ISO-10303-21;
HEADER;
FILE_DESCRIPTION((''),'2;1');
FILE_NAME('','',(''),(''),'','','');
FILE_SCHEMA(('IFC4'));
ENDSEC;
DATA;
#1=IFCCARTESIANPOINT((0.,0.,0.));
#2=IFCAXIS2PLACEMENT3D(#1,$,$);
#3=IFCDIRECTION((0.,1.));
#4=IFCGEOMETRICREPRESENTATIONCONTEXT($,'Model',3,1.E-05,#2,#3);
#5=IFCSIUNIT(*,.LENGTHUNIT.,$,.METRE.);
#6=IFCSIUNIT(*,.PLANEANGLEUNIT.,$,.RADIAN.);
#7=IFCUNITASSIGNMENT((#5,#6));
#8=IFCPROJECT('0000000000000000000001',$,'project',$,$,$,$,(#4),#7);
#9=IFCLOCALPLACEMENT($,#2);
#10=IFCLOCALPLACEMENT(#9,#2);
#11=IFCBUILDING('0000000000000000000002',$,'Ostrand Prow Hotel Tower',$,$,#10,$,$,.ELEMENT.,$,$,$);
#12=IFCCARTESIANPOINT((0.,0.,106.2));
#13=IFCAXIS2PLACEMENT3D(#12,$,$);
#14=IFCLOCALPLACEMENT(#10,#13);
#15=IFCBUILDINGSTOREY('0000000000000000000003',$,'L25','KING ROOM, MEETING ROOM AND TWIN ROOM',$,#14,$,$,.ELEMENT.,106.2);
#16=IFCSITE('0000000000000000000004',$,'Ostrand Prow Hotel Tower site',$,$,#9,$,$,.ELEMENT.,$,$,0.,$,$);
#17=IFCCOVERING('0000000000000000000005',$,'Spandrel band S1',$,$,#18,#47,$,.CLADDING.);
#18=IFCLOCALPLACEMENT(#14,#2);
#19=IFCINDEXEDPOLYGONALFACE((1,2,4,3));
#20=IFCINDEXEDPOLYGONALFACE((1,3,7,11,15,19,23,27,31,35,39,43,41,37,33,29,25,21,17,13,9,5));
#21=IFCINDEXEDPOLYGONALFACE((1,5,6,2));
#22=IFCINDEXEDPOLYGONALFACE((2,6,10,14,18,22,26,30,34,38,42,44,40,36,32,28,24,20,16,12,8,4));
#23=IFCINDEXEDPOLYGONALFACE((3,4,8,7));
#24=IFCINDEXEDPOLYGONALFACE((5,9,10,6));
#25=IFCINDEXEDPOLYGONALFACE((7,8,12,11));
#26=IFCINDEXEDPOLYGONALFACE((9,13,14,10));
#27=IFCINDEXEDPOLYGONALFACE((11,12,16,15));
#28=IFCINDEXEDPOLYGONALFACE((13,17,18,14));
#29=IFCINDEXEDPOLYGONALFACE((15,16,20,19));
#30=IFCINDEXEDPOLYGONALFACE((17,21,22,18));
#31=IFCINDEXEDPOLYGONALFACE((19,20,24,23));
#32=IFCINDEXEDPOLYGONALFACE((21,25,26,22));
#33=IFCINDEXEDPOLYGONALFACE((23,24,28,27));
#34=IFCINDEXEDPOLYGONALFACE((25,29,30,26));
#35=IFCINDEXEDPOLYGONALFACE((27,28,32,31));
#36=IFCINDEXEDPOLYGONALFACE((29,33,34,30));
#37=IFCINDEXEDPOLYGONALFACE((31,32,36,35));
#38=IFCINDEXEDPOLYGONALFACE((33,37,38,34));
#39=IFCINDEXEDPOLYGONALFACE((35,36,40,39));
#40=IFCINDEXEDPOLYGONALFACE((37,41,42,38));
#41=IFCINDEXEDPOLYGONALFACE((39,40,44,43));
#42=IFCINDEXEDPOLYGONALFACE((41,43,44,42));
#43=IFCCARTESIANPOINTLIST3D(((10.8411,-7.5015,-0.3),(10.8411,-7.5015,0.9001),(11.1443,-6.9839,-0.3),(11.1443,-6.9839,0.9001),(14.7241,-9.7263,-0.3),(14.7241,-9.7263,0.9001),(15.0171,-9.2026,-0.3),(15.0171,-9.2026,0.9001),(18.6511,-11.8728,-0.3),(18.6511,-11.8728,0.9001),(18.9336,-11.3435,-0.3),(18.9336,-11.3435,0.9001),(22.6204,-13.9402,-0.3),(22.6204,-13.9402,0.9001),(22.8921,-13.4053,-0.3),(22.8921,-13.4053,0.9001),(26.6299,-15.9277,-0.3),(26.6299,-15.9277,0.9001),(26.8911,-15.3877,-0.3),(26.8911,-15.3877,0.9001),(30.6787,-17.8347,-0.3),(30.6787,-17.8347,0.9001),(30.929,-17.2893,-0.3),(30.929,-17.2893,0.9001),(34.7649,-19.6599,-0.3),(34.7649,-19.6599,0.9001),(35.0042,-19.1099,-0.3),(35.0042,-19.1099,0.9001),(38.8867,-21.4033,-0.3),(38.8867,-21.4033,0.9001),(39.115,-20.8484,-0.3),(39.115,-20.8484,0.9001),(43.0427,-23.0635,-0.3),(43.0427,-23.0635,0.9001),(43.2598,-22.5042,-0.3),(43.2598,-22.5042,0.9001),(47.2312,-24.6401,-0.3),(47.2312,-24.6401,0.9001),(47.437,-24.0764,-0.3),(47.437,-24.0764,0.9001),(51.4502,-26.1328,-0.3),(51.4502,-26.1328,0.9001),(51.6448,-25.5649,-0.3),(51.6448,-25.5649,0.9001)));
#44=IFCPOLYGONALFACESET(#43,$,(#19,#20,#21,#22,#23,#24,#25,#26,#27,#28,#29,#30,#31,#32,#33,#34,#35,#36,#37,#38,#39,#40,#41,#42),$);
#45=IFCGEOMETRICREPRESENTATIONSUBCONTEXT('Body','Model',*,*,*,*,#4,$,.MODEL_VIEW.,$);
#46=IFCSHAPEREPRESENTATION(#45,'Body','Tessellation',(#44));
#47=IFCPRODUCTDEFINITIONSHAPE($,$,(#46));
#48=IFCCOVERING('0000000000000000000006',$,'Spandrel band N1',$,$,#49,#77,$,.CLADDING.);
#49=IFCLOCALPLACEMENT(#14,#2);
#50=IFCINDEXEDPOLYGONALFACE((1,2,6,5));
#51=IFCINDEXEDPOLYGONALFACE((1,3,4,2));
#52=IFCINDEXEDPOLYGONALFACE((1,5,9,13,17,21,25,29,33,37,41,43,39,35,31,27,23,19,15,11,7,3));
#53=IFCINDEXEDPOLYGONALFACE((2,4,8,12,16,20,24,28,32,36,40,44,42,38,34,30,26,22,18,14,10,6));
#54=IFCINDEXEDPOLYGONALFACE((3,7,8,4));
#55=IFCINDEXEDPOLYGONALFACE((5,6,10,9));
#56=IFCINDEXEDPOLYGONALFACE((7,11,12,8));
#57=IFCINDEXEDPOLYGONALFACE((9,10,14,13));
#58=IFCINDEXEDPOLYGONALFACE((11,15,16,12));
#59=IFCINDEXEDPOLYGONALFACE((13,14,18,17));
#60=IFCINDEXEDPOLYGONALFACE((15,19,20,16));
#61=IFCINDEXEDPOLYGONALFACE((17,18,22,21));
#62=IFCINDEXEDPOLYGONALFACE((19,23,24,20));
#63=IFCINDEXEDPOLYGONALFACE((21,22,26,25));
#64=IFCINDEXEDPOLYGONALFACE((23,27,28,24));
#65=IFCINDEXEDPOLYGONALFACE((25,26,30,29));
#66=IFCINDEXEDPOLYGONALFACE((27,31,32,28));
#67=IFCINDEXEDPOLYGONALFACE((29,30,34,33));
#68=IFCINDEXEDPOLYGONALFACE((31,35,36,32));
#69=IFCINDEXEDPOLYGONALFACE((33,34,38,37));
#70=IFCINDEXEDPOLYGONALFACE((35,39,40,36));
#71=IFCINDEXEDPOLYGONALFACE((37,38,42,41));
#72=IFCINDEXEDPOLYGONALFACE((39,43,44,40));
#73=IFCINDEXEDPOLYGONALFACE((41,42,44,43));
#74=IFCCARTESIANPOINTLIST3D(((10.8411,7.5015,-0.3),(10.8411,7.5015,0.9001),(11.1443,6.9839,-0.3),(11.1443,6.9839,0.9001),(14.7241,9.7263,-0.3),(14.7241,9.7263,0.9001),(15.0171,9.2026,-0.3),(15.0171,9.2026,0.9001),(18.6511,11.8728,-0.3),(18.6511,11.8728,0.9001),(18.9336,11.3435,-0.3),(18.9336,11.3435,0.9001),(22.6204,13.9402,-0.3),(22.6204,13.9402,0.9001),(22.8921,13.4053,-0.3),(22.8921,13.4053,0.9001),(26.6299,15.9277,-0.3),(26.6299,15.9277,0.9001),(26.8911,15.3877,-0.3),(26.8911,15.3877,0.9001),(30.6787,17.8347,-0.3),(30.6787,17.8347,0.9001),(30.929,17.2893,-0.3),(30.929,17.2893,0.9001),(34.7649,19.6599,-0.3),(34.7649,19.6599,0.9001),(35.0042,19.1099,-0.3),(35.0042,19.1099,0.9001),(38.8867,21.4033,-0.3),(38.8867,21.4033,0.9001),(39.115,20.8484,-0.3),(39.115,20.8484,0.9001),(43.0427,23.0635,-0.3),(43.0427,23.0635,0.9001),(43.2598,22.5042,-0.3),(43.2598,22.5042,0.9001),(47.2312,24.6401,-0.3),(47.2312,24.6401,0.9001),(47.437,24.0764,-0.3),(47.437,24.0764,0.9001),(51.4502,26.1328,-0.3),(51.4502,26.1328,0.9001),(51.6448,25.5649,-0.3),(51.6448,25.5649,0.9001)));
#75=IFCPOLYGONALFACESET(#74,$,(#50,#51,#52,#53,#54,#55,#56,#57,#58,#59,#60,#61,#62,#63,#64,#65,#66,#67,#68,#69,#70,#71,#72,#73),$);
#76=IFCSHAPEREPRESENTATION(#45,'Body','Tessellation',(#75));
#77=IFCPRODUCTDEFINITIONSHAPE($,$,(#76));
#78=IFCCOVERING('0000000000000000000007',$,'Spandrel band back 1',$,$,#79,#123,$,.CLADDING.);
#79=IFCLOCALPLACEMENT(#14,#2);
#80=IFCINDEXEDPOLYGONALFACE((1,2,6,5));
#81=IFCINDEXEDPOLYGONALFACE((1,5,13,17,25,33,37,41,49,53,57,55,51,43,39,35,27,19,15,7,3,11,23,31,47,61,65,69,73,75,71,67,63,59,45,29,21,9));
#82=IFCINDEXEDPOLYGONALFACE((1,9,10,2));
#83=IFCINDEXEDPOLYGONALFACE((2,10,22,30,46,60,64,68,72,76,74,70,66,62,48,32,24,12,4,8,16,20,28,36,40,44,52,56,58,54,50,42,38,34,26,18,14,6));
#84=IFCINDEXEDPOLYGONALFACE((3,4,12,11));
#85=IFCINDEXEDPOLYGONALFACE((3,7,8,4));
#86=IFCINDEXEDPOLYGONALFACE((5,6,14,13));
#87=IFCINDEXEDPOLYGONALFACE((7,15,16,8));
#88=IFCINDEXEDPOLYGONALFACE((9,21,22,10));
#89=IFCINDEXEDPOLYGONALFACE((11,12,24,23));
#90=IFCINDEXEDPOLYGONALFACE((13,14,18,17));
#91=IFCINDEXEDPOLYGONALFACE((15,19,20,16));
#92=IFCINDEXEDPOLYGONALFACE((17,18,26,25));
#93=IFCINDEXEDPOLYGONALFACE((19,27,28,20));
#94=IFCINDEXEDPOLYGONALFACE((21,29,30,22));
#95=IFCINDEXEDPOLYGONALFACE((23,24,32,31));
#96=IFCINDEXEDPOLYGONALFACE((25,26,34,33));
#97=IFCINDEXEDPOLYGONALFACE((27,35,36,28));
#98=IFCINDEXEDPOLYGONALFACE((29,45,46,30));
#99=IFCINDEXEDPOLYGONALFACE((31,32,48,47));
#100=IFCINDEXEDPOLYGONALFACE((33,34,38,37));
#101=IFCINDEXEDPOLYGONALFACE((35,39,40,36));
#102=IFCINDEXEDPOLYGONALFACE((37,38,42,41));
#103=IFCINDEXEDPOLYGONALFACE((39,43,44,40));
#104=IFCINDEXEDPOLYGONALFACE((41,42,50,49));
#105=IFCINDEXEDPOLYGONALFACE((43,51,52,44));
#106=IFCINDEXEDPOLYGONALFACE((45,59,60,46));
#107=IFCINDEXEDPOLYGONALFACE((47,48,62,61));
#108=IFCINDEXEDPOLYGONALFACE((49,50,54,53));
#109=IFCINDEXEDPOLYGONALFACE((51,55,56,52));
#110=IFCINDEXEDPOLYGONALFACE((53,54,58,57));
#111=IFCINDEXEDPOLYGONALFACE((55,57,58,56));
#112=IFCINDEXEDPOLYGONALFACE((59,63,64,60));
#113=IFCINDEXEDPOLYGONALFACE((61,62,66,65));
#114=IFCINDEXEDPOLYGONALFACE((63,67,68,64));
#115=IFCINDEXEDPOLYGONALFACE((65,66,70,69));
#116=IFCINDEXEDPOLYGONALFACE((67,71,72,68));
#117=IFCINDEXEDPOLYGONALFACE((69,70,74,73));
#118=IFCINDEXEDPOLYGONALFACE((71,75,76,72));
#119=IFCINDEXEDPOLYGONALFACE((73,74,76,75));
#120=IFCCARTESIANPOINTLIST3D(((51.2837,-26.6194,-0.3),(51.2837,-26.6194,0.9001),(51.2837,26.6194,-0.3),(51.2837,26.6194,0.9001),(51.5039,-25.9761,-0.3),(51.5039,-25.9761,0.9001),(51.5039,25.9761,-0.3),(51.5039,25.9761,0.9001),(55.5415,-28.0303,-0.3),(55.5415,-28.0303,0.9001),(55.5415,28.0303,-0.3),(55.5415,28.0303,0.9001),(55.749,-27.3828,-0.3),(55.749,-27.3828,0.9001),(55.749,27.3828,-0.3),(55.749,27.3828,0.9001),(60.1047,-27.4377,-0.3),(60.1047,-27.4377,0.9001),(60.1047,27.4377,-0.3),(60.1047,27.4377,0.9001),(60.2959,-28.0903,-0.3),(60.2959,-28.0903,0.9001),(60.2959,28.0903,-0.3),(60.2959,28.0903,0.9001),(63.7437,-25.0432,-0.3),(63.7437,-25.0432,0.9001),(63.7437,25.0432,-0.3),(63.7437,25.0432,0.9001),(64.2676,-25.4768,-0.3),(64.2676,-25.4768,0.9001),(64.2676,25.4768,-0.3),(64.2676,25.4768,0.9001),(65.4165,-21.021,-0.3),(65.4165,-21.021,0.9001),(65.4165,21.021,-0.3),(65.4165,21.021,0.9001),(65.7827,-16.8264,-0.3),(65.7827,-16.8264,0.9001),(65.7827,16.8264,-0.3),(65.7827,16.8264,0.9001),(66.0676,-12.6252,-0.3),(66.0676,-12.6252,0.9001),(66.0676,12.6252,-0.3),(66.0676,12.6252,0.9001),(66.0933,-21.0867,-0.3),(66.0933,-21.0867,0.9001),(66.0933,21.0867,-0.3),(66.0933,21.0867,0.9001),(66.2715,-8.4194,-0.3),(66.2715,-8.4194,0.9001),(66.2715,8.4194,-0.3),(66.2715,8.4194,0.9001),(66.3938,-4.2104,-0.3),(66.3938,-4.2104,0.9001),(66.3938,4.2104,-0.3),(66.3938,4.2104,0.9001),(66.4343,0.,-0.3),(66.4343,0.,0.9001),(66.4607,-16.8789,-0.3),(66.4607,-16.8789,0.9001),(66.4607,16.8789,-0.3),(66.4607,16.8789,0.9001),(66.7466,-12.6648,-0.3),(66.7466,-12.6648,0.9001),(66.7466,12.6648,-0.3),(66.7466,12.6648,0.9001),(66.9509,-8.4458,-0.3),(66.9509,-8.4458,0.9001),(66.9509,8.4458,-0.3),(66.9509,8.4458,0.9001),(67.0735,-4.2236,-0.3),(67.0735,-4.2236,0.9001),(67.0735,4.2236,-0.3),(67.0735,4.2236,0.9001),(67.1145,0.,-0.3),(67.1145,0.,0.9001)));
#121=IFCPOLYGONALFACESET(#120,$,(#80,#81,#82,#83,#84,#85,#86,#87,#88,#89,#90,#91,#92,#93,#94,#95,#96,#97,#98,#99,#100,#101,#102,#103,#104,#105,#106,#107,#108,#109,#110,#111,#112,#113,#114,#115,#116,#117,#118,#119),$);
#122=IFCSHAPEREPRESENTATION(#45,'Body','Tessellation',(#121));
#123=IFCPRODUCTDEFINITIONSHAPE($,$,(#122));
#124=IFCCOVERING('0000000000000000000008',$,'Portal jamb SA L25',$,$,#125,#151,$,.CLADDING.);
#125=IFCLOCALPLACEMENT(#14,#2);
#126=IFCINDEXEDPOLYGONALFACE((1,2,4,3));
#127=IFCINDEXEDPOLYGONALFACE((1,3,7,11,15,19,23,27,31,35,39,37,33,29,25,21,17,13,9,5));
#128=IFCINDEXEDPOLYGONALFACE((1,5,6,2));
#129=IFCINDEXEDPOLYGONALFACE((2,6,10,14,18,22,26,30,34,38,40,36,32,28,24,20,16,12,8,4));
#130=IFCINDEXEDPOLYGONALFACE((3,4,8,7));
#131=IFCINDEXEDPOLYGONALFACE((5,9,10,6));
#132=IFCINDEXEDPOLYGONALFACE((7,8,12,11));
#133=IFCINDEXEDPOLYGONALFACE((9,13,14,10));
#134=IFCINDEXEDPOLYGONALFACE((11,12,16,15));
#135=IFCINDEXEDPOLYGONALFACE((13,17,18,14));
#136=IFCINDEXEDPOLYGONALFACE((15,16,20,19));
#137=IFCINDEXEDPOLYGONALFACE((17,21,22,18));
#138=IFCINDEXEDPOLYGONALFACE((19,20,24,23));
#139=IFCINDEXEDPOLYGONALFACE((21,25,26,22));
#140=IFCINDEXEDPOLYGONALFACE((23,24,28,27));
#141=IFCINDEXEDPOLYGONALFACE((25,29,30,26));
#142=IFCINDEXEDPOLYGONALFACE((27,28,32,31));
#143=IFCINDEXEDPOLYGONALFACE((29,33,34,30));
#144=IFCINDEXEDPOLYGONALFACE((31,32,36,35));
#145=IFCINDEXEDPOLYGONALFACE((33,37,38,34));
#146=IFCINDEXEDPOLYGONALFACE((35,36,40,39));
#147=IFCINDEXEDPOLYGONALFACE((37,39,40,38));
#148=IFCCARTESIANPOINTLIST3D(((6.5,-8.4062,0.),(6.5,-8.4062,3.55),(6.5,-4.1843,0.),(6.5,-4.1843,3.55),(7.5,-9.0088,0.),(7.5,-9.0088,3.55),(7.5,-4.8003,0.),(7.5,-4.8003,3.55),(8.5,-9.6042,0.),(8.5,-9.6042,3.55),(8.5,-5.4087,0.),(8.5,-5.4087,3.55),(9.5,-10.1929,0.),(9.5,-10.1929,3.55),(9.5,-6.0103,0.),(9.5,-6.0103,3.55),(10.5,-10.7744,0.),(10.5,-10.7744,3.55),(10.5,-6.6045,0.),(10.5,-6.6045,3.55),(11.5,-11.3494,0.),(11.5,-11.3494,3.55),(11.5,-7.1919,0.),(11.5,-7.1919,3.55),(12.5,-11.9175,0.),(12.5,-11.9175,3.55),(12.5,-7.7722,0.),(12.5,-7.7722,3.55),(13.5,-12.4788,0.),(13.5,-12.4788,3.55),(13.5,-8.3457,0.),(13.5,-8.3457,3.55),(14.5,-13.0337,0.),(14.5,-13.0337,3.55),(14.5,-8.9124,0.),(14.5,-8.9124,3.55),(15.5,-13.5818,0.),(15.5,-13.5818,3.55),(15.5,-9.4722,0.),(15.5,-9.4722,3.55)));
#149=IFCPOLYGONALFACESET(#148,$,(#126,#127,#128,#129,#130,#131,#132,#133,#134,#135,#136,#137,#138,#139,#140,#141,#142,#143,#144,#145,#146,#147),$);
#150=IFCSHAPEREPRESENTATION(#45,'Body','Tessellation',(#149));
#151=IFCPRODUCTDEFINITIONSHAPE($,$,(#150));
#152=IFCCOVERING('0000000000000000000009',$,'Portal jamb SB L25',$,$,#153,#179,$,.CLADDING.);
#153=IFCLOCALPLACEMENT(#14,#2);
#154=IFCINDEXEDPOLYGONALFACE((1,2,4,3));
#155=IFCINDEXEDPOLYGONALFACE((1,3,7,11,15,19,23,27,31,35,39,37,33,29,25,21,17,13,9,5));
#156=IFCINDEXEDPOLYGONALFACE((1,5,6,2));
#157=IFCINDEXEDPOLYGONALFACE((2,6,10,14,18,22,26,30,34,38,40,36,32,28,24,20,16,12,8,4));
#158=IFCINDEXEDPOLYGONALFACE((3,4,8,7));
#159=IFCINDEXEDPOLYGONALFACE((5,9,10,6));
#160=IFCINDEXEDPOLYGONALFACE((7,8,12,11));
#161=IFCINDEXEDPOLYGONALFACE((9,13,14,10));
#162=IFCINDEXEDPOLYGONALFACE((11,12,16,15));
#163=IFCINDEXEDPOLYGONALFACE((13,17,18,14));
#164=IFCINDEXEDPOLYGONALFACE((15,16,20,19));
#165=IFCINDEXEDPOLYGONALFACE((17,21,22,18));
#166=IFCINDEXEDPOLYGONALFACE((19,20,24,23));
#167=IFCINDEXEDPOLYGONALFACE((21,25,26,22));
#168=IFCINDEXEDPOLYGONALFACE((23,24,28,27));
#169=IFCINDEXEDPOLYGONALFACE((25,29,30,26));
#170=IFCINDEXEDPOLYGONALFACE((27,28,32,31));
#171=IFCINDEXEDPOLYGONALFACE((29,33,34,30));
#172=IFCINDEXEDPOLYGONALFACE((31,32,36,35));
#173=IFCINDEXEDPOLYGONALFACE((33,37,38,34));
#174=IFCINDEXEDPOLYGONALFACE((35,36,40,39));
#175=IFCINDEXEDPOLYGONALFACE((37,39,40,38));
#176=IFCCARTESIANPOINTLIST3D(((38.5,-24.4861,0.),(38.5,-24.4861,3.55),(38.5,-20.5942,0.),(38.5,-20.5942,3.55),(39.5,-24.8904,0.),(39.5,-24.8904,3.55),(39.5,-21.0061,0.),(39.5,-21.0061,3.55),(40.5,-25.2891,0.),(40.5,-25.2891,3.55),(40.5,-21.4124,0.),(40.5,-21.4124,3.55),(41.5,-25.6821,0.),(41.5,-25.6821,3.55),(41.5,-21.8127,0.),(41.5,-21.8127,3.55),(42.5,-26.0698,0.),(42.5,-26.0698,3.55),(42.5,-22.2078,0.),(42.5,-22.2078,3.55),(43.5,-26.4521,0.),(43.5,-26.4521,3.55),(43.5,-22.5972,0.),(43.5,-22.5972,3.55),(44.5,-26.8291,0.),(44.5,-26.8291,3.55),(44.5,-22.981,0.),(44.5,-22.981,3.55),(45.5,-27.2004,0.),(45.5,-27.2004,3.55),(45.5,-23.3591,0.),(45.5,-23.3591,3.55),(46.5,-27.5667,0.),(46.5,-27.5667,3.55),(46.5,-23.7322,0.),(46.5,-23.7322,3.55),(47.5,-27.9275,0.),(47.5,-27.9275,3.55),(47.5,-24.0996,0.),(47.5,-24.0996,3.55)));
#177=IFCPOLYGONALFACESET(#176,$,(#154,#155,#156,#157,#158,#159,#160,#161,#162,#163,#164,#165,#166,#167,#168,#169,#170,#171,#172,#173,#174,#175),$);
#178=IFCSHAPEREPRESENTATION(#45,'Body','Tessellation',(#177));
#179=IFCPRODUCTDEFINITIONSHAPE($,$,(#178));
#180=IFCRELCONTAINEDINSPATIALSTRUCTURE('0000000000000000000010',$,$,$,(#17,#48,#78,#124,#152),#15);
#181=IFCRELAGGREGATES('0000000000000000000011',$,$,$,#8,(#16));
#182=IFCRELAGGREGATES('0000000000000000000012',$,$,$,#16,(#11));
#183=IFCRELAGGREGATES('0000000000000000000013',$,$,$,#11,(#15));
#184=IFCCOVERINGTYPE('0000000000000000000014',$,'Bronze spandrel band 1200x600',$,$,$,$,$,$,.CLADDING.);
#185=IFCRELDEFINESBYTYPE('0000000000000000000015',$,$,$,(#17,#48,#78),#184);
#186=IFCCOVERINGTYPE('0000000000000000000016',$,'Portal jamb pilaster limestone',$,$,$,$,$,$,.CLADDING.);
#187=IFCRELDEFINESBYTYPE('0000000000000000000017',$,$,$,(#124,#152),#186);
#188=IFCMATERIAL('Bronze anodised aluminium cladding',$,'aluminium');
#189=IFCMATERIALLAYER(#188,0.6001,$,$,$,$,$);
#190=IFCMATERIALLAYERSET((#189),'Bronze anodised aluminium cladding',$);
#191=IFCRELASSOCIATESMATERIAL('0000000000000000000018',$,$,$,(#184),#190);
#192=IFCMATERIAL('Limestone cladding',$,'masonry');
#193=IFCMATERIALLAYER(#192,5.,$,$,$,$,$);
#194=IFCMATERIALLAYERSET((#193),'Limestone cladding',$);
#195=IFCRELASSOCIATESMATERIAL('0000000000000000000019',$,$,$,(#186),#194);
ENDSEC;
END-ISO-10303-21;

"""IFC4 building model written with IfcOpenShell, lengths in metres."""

from ifc_helpers import new_model, si_unit, direction, frame, origin, place, context, subcontext, project, spatial, polyline, outline, extrude, material, layer, layer_set, type_object, element, save


model = new_model("IFC4")

# Units and contexts
model_context = context("Model", 3, precision=1e-05, world=origin(), true_north=direction((0.0, 1.0)))
body_context = subcontext(model_context, "Body", "Model", "MODEL_VIEW")
ifc_project = project(units=[si_unit("LENGTHUNIT", "METRE"), si_unit("PLANEANGLEUNIT", "RADIAN")], contexts=[model_context])

# Site, building, storey
site_placement = place(None, origin())
site = spatial("IfcSite", under=ifc_project, at=site_placement, Name="Ostrand Prow Hotel Tower site", CompositionType="ELEMENT", RefElevation=0.0)
building_placement = place(site_placement, origin())
building = spatial("IfcBuilding", under=site, at=building_placement, Name="Ostrand Prow Hotel Tower", CompositionType="ELEMENT")
storey_placement = place(building_placement, frame((0.0, 0.0, 106.2)))
storey = spatial("IfcBuildingStorey", under=building, at=storey_placement, Name="L25", Description="KING ROOM, MEETING ROOM AND TWIN ROOM", CompositionType="ELEMENT", Elevation=106.2)

# Coverings
ifc_material_1 = material(Name="Bronze anodised aluminium cladding", Category="aluminium")
ifc_layer_1 = layer(ifc_material_1, 0.6001)
ifc_layer_set_1 = layer_set([ifc_layer_1], Name="Bronze anodised aluminium cladding")
covering_type_1 = type_object("IfcCoveringType", Name="Bronze spandrel band 1200x600", PredefinedType="CLADDING", material=ifc_layer_set_1)
covering_1_placement = place(storey_placement, frame((0.0, 0.0, -0.3)))
element("IfcCovering", 1, at=covering_1_placement, inside=storey, type_object=covering_type_1, Name="Spandrel band S1", PredefinedType="CLADDING", context=body_context, shape_type="SweptSolid", body=[
    extrude(outline(polyline([(10.8411, -7.5015), (14.7241, -9.7263), (18.6511, -11.8728), (22.6204, -13.9402), (26.6299, -15.9277), (30.6787, -17.8347), (34.7649, -19.6599), (38.8867, -21.4033), (43.0427, -23.0635), (47.2312, -24.6401), (51.4502, -26.1328), (51.6448, -25.5649), (47.437, -24.0764), (43.2598, -22.5042), (39.115, -20.8484), (35.0042, -19.1099), (30.929, -17.2893), (26.8911, -15.3877), (22.8921, -13.4053), (18.9336, -11.3435), (15.0171, -9.2026), (11.1443, -6.9839), (10.8411, -7.5015)])), origin(), (0.0, 0.0, 1.0), 1.2002),
])
covering_2_placement = place(storey_placement, frame((0.0, 0.0, -0.3)))
element("IfcCovering", 2, at=covering_2_placement, inside=storey, type_object=covering_type_1, Name="Spandrel band N1", PredefinedType="CLADDING", context=body_context, shape_type="SweptSolid", body=[
    extrude(outline(polyline([(51.4502, 26.1328), (47.2312, 24.6401), (43.0427, 23.0635), (38.8867, 21.4033), (34.7649, 19.6599), (30.6787, 17.8347), (26.6299, 15.9277), (22.6204, 13.9402), (18.6511, 11.8728), (14.7241, 9.7263), (10.8411, 7.5015), (11.1443, 6.9839), (15.0171, 9.2026), (18.9336, 11.3435), (22.8921, 13.4053), (26.8911, 15.3877), (30.929, 17.2893), (35.0042, 19.1099), (39.115, 20.8484), (43.2598, 22.5042), (47.437, 24.0764), (51.6448, 25.5649), (51.4502, 26.1328)])), origin(), (0.0, 0.0, 1.0), 1.2002),
])
covering_3_placement = place(storey_placement, frame((0.0, 0.0, -0.3)))
element("IfcCovering", 3, at=covering_3_placement, inside=storey, type_object=covering_type_1, Name="Spandrel band back 1", PredefinedType="CLADDING", context=body_context, shape_type="SweptSolid", body=[
    extrude(outline(polyline([(51.2837, -26.6194), (55.5415, -28.0303), (60.2959, -28.0903), (64.2676, -25.4768), (66.0933, -21.0867), (66.4607, -16.8789), (66.7466, -12.6648), (66.9509, -8.4458), (67.0735, -4.2236), (67.1145, 0.0), (67.0735, 4.2236), (66.9509, 8.4458), (66.7466, 12.6648), (66.4607, 16.8789), (66.0933, 21.0867), (64.2676, 25.4768), (60.2959, 28.0903), (55.5415, 28.0303), (51.2837, 26.6194), (51.5039, 25.9761), (55.749, 27.3828), (60.1047, 27.4377), (63.7437, 25.0432), (65.4165, 21.021), (65.7827, 16.8264), (66.0676, 12.6252), (66.2715, 8.4194), (66.3938, 4.2104), (66.4343, 0.0), (66.3938, -4.2104), (66.2715, -8.4194), (66.0676, -12.6252), (65.7827, -16.8264), (65.4165, -21.021), (63.7437, -25.0432), (60.1047, -27.4377), (55.749, -27.3828), (51.5039, -25.9761), (51.2837, -26.6194)])), origin(), (0.0, 0.0, 1.0), 1.2002),
])
ifc_material_2 = material(Name="Limestone cladding", Category="masonry")
ifc_layer_2 = layer(ifc_material_2, 5.0)
ifc_layer_set_2 = layer_set([ifc_layer_2], Name="Limestone cladding")
covering_type_2 = type_object("IfcCoveringType", Name="Portal jamb pilaster limestone", PredefinedType="CLADDING", material=ifc_layer_set_2)
covering_4_placement = place(storey_placement, origin())
element("IfcCovering", 4, at=covering_4_placement, inside=storey, type_object=covering_type_2, Name="Portal jamb SA L25", PredefinedType="CLADDING", context=body_context, shape_type="SweptSolid", body=[
    extrude(outline(polyline([(6.5, -4.1843), (6.5, -8.4062), (7.5, -9.0088), (8.5, -9.6042), (9.5, -10.1929), (10.5, -10.7744), (11.5, -11.3494), (12.5, -11.9175), (13.5, -12.4788), (14.5, -13.0337), (15.5, -13.5818), (15.5, -9.4722), (14.5, -8.9124), (13.5, -8.3457), (12.5, -7.7722), (11.5, -7.1919), (10.5, -6.6045), (9.5, -6.0103), (8.5, -5.4087), (7.5, -4.8003), (6.5, -4.1843)])), origin(), (0.0, 0.0, 1.0), 3.55),
])
covering_5_placement = place(storey_placement, origin())
element("IfcCovering", 5, at=covering_5_placement, inside=storey, type_object=covering_type_2, Name="Portal jamb SB L25", PredefinedType="CLADDING", context=body_context, shape_type="SweptSolid", body=[
    extrude(outline(polyline([(38.5, -20.5942), (38.5, -24.4861), (39.5, -24.8904), (40.5, -25.2891), (41.5, -25.6821), (42.5, -26.0698), (43.5, -26.4521), (44.5, -26.8291), (45.5, -27.2004), (46.5, -27.5667), (47.5, -27.9275), (47.5, -24.0996), (46.5, -23.7322), (45.5, -23.3591), (44.5, -22.981), (43.5, -22.5972), (42.5, -22.2078), (41.5, -21.8127), (40.5, -21.4124), (39.5, -21.0061), (38.5, -20.5942)])), origin(), (0.0, 0.0, 1.0), 3.55),
])

save(model, "model.ifc")
